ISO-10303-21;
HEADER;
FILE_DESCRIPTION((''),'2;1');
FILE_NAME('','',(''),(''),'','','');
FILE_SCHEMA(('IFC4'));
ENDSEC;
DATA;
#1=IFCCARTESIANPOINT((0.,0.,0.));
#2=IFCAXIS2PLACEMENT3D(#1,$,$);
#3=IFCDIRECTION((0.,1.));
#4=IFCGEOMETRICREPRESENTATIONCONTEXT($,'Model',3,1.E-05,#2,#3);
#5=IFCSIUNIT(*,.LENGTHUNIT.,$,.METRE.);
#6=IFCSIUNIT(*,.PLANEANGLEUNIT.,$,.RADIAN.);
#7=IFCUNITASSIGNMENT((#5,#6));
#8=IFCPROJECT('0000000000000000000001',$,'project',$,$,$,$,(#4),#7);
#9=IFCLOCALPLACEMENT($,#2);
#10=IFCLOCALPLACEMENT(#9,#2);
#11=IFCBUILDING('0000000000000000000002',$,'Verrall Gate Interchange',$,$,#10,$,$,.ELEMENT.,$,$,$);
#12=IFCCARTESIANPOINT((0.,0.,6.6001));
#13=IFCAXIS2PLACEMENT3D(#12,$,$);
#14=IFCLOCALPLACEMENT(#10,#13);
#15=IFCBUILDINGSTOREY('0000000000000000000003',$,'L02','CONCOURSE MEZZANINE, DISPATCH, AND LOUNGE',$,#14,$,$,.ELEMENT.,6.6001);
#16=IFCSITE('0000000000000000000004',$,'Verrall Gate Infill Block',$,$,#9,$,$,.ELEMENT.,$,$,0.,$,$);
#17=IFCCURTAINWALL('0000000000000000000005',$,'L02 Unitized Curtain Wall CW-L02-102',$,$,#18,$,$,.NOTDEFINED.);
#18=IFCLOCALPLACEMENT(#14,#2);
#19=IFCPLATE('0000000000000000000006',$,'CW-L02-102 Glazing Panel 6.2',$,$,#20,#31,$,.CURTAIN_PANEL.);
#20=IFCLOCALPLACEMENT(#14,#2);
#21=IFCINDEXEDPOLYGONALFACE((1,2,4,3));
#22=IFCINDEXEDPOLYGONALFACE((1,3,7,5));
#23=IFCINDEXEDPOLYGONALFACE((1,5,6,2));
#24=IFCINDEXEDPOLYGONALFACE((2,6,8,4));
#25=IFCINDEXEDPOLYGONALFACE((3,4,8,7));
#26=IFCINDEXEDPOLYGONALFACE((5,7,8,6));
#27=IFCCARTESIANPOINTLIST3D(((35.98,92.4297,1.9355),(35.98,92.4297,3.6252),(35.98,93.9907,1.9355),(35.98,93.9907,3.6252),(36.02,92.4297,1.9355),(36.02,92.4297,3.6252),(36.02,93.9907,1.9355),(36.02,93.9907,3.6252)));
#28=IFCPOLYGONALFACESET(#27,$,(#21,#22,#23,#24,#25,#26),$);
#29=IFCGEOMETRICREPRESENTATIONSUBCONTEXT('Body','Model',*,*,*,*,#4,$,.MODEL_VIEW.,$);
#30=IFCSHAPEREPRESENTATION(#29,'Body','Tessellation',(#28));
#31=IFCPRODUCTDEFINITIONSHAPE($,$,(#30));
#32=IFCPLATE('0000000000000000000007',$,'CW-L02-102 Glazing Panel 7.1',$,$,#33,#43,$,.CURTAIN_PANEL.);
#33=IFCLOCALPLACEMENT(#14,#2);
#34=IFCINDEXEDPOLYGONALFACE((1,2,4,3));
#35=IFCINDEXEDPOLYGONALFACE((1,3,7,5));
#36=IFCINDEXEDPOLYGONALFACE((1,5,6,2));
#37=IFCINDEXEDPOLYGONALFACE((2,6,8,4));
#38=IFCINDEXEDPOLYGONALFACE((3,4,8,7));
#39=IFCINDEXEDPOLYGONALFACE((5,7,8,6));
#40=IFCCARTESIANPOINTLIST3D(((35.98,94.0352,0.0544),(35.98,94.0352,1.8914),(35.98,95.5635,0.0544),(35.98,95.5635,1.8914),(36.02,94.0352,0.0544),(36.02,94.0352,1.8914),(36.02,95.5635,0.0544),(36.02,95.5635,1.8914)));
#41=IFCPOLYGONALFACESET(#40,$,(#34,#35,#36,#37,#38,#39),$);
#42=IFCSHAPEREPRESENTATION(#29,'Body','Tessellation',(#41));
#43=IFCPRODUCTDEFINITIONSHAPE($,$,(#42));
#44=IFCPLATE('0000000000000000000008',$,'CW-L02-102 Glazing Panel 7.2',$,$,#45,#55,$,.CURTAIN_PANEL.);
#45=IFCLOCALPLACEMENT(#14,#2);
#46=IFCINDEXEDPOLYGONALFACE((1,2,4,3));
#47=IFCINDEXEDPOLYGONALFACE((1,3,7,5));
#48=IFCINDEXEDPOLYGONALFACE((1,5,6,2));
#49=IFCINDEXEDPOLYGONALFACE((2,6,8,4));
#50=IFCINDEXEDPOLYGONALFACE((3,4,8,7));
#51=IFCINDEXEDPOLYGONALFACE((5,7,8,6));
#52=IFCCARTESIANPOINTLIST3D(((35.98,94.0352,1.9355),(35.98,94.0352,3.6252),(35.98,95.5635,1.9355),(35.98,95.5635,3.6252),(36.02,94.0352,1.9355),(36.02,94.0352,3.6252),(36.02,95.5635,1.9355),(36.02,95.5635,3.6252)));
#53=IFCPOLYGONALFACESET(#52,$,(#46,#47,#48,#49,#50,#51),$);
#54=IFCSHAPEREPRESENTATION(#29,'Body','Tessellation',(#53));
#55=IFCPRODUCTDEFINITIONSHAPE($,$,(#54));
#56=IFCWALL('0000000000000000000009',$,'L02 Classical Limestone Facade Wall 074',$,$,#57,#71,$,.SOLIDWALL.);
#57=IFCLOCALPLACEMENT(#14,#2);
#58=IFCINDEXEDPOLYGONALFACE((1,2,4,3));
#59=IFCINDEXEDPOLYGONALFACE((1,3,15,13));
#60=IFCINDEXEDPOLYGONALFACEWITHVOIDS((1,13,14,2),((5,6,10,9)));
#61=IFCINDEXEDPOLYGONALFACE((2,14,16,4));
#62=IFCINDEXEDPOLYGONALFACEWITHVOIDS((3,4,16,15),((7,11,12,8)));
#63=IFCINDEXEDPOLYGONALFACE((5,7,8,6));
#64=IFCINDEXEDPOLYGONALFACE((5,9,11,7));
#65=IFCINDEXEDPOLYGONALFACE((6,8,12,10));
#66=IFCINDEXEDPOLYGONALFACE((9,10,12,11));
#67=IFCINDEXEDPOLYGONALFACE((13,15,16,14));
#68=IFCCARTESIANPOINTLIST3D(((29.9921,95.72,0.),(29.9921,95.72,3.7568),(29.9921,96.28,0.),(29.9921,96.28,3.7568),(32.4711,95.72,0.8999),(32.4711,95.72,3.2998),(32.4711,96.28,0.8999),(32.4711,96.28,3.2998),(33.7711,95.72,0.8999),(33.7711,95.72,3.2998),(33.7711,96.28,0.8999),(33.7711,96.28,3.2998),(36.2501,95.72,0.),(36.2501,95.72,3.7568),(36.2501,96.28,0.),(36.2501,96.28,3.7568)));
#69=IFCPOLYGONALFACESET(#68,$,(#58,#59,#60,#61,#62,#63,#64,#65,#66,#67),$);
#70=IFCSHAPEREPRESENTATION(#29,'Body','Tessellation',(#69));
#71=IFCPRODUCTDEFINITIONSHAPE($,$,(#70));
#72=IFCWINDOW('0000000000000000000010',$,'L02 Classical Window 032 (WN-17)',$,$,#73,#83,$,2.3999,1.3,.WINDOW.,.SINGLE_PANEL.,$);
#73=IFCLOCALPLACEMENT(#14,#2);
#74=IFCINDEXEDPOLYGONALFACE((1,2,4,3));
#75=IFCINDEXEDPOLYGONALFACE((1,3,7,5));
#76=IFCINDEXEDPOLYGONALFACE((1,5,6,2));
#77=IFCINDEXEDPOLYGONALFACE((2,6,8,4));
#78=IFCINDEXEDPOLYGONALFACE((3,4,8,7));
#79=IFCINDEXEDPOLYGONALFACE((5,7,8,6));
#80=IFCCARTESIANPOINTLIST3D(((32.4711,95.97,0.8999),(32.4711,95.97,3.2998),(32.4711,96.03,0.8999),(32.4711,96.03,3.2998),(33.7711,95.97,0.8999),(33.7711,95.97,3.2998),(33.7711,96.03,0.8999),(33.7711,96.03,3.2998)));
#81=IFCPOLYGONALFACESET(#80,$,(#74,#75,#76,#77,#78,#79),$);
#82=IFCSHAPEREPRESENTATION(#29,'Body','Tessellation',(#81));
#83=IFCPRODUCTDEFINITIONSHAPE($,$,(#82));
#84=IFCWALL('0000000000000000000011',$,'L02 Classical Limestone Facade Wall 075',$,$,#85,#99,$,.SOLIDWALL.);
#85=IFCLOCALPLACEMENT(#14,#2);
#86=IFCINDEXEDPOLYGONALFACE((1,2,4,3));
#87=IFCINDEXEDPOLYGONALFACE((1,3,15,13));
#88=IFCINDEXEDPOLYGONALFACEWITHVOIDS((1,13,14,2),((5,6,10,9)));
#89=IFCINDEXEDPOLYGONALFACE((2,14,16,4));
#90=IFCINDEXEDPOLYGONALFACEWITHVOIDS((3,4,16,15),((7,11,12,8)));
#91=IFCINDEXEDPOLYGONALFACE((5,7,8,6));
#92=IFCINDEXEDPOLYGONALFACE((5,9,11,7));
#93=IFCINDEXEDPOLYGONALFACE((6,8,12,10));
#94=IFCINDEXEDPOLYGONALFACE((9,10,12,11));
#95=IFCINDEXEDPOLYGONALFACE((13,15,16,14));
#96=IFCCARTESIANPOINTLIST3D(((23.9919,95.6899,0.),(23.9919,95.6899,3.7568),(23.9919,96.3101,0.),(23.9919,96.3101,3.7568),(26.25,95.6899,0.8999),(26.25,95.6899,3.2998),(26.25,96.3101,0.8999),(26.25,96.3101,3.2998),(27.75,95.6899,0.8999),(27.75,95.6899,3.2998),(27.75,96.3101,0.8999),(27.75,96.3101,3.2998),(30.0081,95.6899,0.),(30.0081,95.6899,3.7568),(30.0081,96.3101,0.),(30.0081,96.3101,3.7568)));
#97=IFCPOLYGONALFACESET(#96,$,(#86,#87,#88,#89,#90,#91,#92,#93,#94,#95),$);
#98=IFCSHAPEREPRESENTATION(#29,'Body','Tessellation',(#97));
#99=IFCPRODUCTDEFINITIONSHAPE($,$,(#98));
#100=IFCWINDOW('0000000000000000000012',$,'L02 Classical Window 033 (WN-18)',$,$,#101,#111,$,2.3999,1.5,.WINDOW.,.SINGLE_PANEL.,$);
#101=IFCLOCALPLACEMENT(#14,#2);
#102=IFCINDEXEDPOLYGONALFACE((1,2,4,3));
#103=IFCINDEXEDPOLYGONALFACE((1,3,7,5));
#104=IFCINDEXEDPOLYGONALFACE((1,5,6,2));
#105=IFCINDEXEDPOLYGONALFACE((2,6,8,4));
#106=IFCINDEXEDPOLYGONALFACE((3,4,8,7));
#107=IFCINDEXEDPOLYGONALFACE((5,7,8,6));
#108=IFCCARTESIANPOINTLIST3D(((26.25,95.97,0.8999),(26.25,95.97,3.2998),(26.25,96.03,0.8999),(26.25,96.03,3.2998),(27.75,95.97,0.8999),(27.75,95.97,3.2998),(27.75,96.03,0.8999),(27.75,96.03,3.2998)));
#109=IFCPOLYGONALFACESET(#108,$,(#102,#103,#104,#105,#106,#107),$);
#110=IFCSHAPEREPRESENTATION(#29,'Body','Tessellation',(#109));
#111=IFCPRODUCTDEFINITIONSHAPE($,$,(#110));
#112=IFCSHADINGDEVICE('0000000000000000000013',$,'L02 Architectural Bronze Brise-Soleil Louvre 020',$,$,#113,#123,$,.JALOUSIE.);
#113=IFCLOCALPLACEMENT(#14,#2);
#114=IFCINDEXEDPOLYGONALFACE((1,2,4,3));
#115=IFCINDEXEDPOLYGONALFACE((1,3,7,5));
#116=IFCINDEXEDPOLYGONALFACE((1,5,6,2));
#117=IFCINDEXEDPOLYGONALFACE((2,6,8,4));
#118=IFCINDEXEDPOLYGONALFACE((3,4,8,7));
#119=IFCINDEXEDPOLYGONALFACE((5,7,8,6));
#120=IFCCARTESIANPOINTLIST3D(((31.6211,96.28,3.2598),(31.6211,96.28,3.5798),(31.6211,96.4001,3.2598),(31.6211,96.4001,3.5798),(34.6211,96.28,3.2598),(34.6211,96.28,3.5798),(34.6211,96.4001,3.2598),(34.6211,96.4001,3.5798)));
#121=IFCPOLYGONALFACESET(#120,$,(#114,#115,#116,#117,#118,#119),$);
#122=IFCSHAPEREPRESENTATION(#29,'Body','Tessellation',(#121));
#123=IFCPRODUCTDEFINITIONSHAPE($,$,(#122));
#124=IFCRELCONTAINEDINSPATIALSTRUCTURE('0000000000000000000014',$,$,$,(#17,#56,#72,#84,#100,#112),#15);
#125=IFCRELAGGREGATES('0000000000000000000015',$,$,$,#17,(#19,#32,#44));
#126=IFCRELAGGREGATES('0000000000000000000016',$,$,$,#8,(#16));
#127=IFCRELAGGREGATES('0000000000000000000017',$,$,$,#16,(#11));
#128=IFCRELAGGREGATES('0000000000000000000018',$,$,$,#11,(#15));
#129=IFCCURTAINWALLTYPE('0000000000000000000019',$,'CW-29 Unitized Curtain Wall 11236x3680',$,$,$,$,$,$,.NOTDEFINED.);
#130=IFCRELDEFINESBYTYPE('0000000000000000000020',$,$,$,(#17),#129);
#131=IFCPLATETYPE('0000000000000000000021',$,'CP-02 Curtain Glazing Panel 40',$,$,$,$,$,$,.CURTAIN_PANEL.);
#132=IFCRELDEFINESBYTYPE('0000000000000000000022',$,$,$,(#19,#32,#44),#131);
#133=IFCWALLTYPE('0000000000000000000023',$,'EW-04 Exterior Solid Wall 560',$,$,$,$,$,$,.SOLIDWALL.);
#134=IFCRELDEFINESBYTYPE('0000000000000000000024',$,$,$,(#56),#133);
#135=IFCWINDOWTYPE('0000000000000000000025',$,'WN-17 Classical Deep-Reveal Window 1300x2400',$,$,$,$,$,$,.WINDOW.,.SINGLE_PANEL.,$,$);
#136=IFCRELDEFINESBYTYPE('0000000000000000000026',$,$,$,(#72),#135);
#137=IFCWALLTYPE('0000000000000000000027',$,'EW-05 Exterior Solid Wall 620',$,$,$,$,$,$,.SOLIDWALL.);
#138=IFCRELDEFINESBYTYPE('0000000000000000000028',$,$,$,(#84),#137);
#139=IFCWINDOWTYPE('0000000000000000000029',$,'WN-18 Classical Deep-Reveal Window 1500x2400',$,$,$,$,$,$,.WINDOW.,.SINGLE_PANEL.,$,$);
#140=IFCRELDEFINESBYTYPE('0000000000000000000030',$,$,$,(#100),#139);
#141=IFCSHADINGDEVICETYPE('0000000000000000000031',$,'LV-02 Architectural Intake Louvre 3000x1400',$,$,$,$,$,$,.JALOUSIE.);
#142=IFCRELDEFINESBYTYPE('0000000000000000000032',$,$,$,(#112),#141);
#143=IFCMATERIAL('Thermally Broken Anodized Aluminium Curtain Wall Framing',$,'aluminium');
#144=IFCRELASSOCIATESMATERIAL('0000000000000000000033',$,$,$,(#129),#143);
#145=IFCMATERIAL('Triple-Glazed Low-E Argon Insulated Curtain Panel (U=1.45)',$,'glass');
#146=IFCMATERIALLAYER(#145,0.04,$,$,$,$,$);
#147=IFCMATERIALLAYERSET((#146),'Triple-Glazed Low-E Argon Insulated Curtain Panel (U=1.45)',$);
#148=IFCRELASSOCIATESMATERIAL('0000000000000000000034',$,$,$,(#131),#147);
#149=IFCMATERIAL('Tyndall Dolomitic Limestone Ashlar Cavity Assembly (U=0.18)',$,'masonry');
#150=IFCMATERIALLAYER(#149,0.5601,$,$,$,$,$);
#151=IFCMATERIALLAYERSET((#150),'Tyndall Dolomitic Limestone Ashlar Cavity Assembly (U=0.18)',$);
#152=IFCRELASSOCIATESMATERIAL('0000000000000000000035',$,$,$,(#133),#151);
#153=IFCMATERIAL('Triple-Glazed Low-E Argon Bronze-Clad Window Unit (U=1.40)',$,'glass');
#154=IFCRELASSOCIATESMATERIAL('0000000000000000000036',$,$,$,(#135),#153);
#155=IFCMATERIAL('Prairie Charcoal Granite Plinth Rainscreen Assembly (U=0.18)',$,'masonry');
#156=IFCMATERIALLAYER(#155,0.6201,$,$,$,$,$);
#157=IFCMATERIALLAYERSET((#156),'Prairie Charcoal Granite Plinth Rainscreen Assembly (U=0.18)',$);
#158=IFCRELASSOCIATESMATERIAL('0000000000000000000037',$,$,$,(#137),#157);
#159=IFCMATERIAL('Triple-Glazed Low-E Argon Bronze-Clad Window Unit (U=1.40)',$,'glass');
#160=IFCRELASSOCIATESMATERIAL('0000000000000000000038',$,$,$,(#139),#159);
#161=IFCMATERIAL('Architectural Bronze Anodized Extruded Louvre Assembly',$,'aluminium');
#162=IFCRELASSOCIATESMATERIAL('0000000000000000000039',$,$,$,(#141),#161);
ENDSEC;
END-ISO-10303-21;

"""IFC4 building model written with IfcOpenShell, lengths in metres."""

from ifc_helpers import new_model, si_unit, direction, frame, frame_2d, origin, origin_2d, place, context, subcontext, project, spatial, rectangle, extrude, material, layer, layer_set, type_object, element, fill, aggregate, save


model = new_model("IFC4")

# Units and contexts
model_context = context("Model", 3, precision=1e-05, world=origin(), true_north=direction((0.0, 1.0)))
body_context = subcontext(model_context, "Body", "Model", "MODEL_VIEW")
ifc_project = project(units=[si_unit("LENGTHUNIT", "METRE"), si_unit("PLANEANGLEUNIT", "RADIAN")], contexts=[model_context])

# Site, building, storey
site_placement = place(None, origin())
site = spatial("IfcSite", under=ifc_project, at=site_placement, Name="Verrall Gate Infill Block", CompositionType="ELEMENT", RefElevation=0.0)
building_placement = place(site_placement, origin())
building = spatial("IfcBuilding", under=site, at=building_placement, Name="Verrall Gate Interchange", CompositionType="ELEMENT")
storey_placement = place(building_placement, frame((0.0, 0.0, 6.6001)))
storey = spatial("IfcBuildingStorey", under=building, at=storey_placement, Name="L02", Description="CONCOURSE MEZZANINE, DISPATCH, AND LOUNGE", CompositionType="ELEMENT", Elevation=6.6001)

# Curtain wall
ifc_material_1 = material(Name="Thermally Broken Anodized Aluminium Curtain Wall Framing", Category="aluminium")
curtain_wall_type = type_object("IfcCurtainWallType", Name="CW-29 Unitized Curtain Wall 11236x3680", PredefinedType="NOTDEFINED", material=ifc_material_1)
curtain_wall_placement = place(storey_placement, origin())
curtain_wall = element("IfcCurtainWall", 1, at=curtain_wall_placement, inside=storey, type_object=curtain_wall_type, Name="L02 Unitized Curtain Wall CW-L02-102", PredefinedType="NOTDEFINED")

# Plates
ifc_material_2 = material(Name="Triple-Glazed Low-E Argon Insulated Curtain Panel (U=1.45)", Category="glass")
ifc_layer_1 = layer(ifc_material_2, 0.04)
ifc_layer_set_1 = layer_set([ifc_layer_1], Name="Triple-Glazed Low-E Argon Insulated Curtain Panel (U=1.45)")
plate_type = type_object("IfcPlateType", Name="CP-02 Curtain Glazing Panel 40", PredefinedType="CURTAIN_PANEL", material=ifc_layer_set_1)
plate_1_placement = place(storey_placement, frame((36.0, 93.2102, 1.9355), z_axis=(0.0, 0.0, 1.0), x_axis=(0.0, 1.0, 0.0)))
plate_1 = element("IfcPlate", 2, at=plate_1_placement, type_object=plate_type, Name="CW-L02-102 Glazing Panel 6.2", PredefinedType="CURTAIN_PANEL", context=body_context, shape_type="SweptSolid", body=[
    extrude(rectangle(XDim=1.561, YDim=0.04, at=origin_2d()), origin(), (0.0, 0.0, 1.0), 1.6897),
])
plate_2_placement = place(storey_placement, frame((36.0, 94.7993, 0.0544), z_axis=(0.0, 0.0, 1.0), x_axis=(0.0, 1.0, 0.0)))
plate_2 = element("IfcPlate", 3, at=plate_2_placement, type_object=plate_type, Name="CW-L02-102 Glazing Panel 7.1", PredefinedType="CURTAIN_PANEL", context=body_context, shape_type="SweptSolid", body=[
    extrude(rectangle(XDim=1.5283, YDim=0.04, at=origin_2d()), origin(), (0.0, 0.0, 1.0), 1.8369),
])
plate_3_placement = place(storey_placement, frame((36.0, 94.7993, 1.9355), z_axis=(0.0, 0.0, 1.0), x_axis=(0.0, 1.0, 0.0)))
plate_3 = element("IfcPlate", 4, at=plate_3_placement, type_object=plate_type, Name="CW-L02-102 Glazing Panel 7.2", PredefinedType="CURTAIN_PANEL", context=body_context, shape_type="SweptSolid", body=[
    extrude(rectangle(XDim=1.5283, YDim=0.04, at=origin_2d()), origin(), (0.0, 0.0, 1.0), 1.6897),
])
aggregate(curtain_wall, [plate_1, plate_2, plate_3])

# Walls, openings, windows
ifc_material_3 = material(Name="Tyndall Dolomitic Limestone Ashlar Cavity Assembly (U=0.18)", Category="masonry")
ifc_layer_2 = layer(ifc_material_3, 0.5601)
ifc_layer_set_2 = layer_set([ifc_layer_2], Name="Tyndall Dolomitic Limestone Ashlar Cavity Assembly (U=0.18)")
wall_type_1 = type_object("IfcWallType", Name="EW-04 Exterior Solid Wall 560", PredefinedType="SOLIDWALL", material=ifc_layer_set_2)
wall_1_placement = place(storey_placement, frame((36.25, 96.0, 0.0), z_axis=(0.0, 0.0, 1.0), x_axis=(-1.0, 0.0, 0.0)))
wall_1 = element("IfcWall", 5, at=wall_1_placement, inside=storey, type_object=wall_type_1, Name="L02 Classical Limestone Facade Wall 074", PredefinedType="SOLIDWALL", context=body_context, shape_type="SweptSolid", body=[
    extrude(rectangle(XDim=6.2581, YDim=0.5601, at=frame_2d((3.1289, 0.0))), origin(), (0.0, 0.0, 1.0), 3.7568),
])
opening_1_placement = place(wall_1_placement, frame((2.479, 0.0, 0.8999)))
opening_1 = element("IfcOpeningElement", 6, at=opening_1_placement, cuts=wall_1, PredefinedType="OPENING", context=body_context, shape_type="SweptSolid", body=[
    extrude(rectangle(XDim=1.3, YDim=2.3999, at=frame_2d((0.6499, 1.2))), frame((0.0, 0.2949, 0.0), z_axis=(0.0, -1.0, 0.0), x_axis=(1.0, 0.0, 0.0)), (0.0, 0.0, 1.0), 0.5898),
])
ifc_material_4 = material(Name="Triple-Glazed Low-E Argon Bronze-Clad Window Unit (U=1.40)", Category="glass")
window_type_1 = type_object("IfcWindowType", Name="WN-17 Classical Deep-Reveal Window 1300x2400", PartitioningType="SINGLE_PANEL", PredefinedType="WINDOW", material=ifc_material_4)
window_1_placement = place(opening_1_placement, origin())
window_1 = element("IfcWindow", 7, at=window_1_placement, inside=storey, type_object=window_type_1, Name="L02 Classical Window 032 (WN-17)", OverallHeight=2.3999, OverallWidth=1.3, PartitioningType="SINGLE_PANEL", PredefinedType="WINDOW", context=body_context, shape_type="SweptSolid", body=[
    extrude(rectangle(XDim=1.3, YDim=2.3999, at=frame_2d((0.6499, 1.2))), frame((0.0, 0.03, 0.0), z_axis=(0.0, -1.0, 0.0), x_axis=(1.0, 0.0, 0.0)), (0.0, 0.0, 1.0), 0.0601),
])
fill(opening_1, window_1)
ifc_material_5 = material(Name="Prairie Charcoal Granite Plinth Rainscreen Assembly (U=0.18)", Category="masonry")
ifc_layer_3 = layer(ifc_material_5, 0.6201)
ifc_layer_set_3 = layer_set([ifc_layer_3], Name="Prairie Charcoal Granite Plinth Rainscreen Assembly (U=0.18)")
wall_type_2 = type_object("IfcWallType", Name="EW-05 Exterior Solid Wall 620", PredefinedType="SOLIDWALL", material=ifc_layer_set_3)
wall_2_placement = place(storey_placement, frame((30.0081, 96.0, 0.0), z_axis=(0.0, 0.0, 1.0), x_axis=(-1.0, 0.0, 0.0)))
wall_2 = element("IfcWall", 8, at=wall_2_placement, inside=storey, type_object=wall_type_2, Name="L02 Classical Limestone Facade Wall 075", PredefinedType="SOLIDWALL", context=body_context, shape_type="SweptSolid", body=[
    extrude(rectangle(XDim=6.0161, YDim=0.6201, at=frame_2d((3.0081, 0.0))), origin(), (0.0, 0.0, 1.0), 3.7568),
])
opening_2_placement = place(wall_2_placement, frame((2.2581, 0.0, 0.8999)))
opening_2 = element("IfcOpeningElement", 9, at=opening_2_placement, cuts=wall_2, PredefinedType="OPENING", context=body_context, shape_type="SweptSolid", body=[
    extrude(rectangle(XDim=1.5, YDim=2.3999, at=frame_2d((0.75, 1.2))), frame((0.0, 0.325, 0.0), z_axis=(0.0, -1.0, 0.0), x_axis=(1.0, 0.0, 0.0)), (0.0, 0.0, 1.0), 0.6499),
])
ifc_material_6 = material(Name="Triple-Glazed Low-E Argon Bronze-Clad Window Unit (U=1.40)", Category="glass")
window_type_2 = type_object("IfcWindowType", Name="WN-18 Classical Deep-Reveal Window 1500x2400", PartitioningType="SINGLE_PANEL", PredefinedType="WINDOW", material=ifc_material_6)
window_2_placement = place(opening_2_placement, origin())
window_2 = element("IfcWindow", 10, at=window_2_placement, inside=storey, type_object=window_type_2, Name="L02 Classical Window 033 (WN-18)", OverallHeight=2.3999, OverallWidth=1.5, PartitioningType="SINGLE_PANEL", PredefinedType="WINDOW", context=body_context, shape_type="SweptSolid", body=[
    extrude(rectangle(XDim=1.5, YDim=2.3999, at=frame_2d((0.75, 1.2))), frame((0.0, 0.03, 0.0), z_axis=(0.0, -1.0, 0.0), x_axis=(1.0, 0.0, 0.0)), (0.0, 0.0, 1.0), 0.0601),
])
fill(opening_2, window_2)

# Shading device
ifc_material_7 = material(Name="Architectural Bronze Anodized Extruded Louvre Assembly", Category="aluminium")
shading_device_type = type_object("IfcShadingDeviceType", Name="LV-02 Architectural Intake Louvre 3000x1400", PredefinedType="JALOUSIE", material=ifc_material_7)
shading_device_placement = place(storey_placement, frame((33.1211, 96.3401, 3.2598), z_axis=(0.0, 0.0, 1.0), x_axis=(-1.0, 0.0, 0.0)))
element("IfcShadingDevice", 11, at=shading_device_placement, inside=storey, type_object=shading_device_type, Name="L02 Architectural Bronze Brise-Soleil Louvre 020", PredefinedType="JALOUSIE", context=body_context, shape_type="SweptSolid", body=[
    extrude(rectangle(XDim=3.0, YDim=0.1201, at=origin_2d()), origin(), (0.0, 0.0, 1.0), 0.3201),
])

save(model, "model.ifc")
